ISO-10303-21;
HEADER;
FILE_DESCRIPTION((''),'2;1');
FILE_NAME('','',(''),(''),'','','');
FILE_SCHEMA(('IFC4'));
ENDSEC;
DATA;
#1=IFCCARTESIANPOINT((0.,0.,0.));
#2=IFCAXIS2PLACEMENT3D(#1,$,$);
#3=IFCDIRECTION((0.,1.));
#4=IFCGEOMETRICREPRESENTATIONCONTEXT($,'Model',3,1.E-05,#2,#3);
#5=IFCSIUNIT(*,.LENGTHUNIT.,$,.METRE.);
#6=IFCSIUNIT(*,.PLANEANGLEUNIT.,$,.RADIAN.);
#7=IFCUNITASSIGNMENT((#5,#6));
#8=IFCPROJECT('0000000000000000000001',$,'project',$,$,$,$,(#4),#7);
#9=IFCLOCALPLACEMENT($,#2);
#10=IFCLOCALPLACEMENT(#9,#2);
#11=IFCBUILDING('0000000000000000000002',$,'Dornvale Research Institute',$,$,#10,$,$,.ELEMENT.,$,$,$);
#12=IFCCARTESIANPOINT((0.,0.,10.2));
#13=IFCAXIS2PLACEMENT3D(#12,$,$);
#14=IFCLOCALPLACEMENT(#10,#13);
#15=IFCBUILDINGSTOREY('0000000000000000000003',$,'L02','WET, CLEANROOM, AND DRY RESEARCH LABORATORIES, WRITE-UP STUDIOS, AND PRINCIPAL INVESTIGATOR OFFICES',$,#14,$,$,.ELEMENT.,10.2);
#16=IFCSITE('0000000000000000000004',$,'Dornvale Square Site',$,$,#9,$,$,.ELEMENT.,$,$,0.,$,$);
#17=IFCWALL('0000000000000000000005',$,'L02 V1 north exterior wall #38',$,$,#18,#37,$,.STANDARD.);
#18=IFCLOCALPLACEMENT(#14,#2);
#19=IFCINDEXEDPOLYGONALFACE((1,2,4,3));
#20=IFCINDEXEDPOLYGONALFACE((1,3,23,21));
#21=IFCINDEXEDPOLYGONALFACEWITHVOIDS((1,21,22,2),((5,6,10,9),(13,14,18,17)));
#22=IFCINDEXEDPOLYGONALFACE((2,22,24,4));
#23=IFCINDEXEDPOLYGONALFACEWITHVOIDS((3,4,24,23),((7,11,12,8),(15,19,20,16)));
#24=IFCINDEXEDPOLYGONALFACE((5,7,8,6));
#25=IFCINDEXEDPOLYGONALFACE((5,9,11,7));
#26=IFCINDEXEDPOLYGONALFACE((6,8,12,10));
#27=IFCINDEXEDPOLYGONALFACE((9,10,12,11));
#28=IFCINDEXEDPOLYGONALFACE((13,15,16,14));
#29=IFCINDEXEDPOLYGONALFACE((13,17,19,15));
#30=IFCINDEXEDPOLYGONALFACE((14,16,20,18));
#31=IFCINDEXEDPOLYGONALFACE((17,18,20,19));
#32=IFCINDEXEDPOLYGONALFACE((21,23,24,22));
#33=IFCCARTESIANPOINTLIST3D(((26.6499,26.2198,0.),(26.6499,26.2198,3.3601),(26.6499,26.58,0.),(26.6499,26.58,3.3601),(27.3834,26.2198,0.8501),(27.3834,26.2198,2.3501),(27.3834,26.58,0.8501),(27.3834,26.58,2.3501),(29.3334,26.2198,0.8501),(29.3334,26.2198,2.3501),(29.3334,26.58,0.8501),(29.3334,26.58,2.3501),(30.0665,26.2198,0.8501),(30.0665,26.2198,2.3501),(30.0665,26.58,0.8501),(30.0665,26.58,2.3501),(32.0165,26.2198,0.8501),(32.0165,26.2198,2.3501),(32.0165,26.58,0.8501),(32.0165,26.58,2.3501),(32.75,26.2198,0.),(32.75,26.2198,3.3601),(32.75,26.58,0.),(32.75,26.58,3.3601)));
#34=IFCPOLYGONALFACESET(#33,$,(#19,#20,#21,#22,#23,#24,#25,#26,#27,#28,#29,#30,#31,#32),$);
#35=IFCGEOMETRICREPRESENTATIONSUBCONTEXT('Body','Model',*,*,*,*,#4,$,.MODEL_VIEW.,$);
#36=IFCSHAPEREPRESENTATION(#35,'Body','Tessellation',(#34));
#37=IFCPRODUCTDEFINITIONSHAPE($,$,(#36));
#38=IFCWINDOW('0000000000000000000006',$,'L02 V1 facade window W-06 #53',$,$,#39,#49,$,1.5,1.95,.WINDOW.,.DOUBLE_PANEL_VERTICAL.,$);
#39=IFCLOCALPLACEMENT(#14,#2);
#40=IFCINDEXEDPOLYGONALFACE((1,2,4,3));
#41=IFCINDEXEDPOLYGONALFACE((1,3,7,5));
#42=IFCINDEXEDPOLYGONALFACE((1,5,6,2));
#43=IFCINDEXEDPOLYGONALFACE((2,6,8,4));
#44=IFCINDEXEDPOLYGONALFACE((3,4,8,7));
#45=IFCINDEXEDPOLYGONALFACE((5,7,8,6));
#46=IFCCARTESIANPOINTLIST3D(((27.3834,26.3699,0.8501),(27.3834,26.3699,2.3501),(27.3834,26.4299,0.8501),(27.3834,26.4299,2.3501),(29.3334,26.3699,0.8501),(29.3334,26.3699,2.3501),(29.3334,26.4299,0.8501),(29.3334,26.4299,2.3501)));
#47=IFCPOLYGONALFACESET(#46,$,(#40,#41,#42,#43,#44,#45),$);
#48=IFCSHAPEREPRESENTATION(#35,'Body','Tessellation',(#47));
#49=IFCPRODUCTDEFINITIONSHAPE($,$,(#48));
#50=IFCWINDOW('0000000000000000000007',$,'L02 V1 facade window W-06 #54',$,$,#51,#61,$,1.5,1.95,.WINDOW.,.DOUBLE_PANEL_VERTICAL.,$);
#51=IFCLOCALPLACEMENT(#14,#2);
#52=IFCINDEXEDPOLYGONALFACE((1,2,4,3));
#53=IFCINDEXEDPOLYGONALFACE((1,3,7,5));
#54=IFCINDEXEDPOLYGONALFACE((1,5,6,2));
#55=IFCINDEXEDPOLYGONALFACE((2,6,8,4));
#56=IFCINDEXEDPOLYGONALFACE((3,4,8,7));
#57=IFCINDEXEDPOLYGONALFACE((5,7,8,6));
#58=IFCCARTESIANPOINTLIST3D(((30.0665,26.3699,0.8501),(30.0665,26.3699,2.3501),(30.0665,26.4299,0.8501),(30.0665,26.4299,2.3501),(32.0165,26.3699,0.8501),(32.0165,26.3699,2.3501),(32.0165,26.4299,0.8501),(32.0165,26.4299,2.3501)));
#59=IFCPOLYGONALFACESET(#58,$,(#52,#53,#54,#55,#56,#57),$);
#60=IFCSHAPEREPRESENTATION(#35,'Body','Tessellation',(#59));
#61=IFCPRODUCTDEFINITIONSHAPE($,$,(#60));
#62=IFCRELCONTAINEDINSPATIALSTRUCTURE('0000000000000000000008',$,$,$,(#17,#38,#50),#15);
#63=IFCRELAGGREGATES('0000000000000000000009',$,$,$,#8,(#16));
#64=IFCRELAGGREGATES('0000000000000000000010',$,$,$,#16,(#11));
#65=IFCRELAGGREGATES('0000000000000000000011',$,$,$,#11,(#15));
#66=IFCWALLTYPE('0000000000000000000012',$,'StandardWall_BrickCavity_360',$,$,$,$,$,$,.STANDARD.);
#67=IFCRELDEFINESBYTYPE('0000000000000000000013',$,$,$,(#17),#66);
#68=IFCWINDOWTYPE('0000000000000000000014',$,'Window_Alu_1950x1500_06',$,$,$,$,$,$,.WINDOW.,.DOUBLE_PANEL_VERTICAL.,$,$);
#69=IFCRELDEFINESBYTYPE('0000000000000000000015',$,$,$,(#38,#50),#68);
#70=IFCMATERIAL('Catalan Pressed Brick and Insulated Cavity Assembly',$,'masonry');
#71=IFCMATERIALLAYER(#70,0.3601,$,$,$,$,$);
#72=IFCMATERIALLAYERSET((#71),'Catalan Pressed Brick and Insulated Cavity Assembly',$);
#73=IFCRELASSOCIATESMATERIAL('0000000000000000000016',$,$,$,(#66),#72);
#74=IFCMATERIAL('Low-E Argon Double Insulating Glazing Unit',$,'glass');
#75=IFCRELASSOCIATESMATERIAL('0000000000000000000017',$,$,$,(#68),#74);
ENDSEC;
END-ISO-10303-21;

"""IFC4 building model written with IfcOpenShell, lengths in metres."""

from ifc_helpers import new_model, si_unit, direction, frame, frame_2d, origin, place, context, subcontext, project, spatial, rectangle, extrude, material, layer, layer_set, type_object, element, fill, save


model = new_model("IFC4")

# Units and contexts
model_context = context("Model", 3, precision=1e-05, world=origin(), true_north=direction((0.0, 1.0)))
body_context = subcontext(model_context, "Body", "Model", "MODEL_VIEW")
ifc_project = project(units=[si_unit("LENGTHUNIT", "METRE"), si_unit("PLANEANGLEUNIT", "RADIAN")], contexts=[model_context])

# Site, building, storey
site_placement = place(None, origin())
site = spatial("IfcSite", under=ifc_project, at=site_placement, Name="Dornvale Square Site", CompositionType="ELEMENT", RefElevation=0.0)
building_placement = place(site_placement, origin())
building = spatial("IfcBuilding", under=site, at=building_placement, Name="Dornvale Research Institute", CompositionType="ELEMENT")
storey_placement = place(building_placement, frame((0.0, 0.0, 10.2)))
storey = spatial("IfcBuildingStorey", under=building, at=storey_placement, Name="L02", Description="WET, CLEANROOM, AND DRY RESEARCH LABORATORIES, WRITE-UP STUDIOS, AND PRINCIPAL INVESTIGATOR OFFICES", CompositionType="ELEMENT", Elevation=10.2)

# Wall, openings, windows
ifc_material_1 = material(Name="Catalan Pressed Brick and Insulated Cavity Assembly", Category="masonry")
ifc_layer_1 = layer(ifc_material_1, 0.3601)
ifc_layer_set_1 = layer_set([ifc_layer_1], Name="Catalan Pressed Brick and Insulated Cavity Assembly")
wall_type_1 = type_object("IfcWallType", Name="StandardWall_BrickCavity_360", PredefinedType="STANDARD", material=ifc_layer_set_1)
ifc_material_2 = material(Name="Low-E Argon Double Insulating Glazing Unit", Category="glass")
window_type = type_object("IfcWindowType", Name="Window_Alu_1950x1500_06", PartitioningType="DOUBLE_PANEL_VERTICAL", PredefinedType="WINDOW", material=ifc_material_2)
wall_1_placement = place(storey_placement, frame((26.6499, 26.3999, 0.0), z_axis=(0.0, 0.0, 1.0), x_axis=(1.0, 0.0, 0.0)))
wall_1 = element("IfcWall", 1, at=wall_1_placement, inside=storey, type_object=wall_type_1, Name="L02 V1 north exterior wall #38", PredefinedType="STANDARD", context=body_context, shape_type="SweptSolid", body=[
    extrude(rectangle(XDim=6.1001, YDim=0.3601, at=frame_2d((3.05, 0.0))), origin(), (0.0, 0.0, 1.0), 3.3601),
])
opening_1_placement = place(wall_1_placement, frame((0.7334, 0.0, 0.8501)))
opening_1 = element("IfcOpeningElement", 2, at=opening_1_placement, cuts=wall_1, PredefinedType="OPENING", context=body_context, shape_type="SweptSolid", body=[
    extrude(rectangle(XDim=1.95, YDim=1.5, at=frame_2d((0.9751, 0.75))), frame((0.0, 0.1951, 0.0), z_axis=(0.0, -1.0, 0.0), x_axis=(1.0, 0.0, 0.0)), (0.0, 0.0, 1.0), 0.3901),
])
opening_2_placement = place(wall_1_placement, frame((3.4165, 0.0, 0.8501)))
opening_2 = element("IfcOpeningElement", 3, at=opening_2_placement, cuts=wall_1, PredefinedType="OPENING", context=body_context, shape_type="SweptSolid", body=[
    extrude(rectangle(XDim=1.95, YDim=1.5, at=frame_2d((0.9751, 0.75))), frame((0.0, 0.1951, 0.0), z_axis=(0.0, -1.0, 0.0), x_axis=(1.0, 0.0, 0.0)), (0.0, 0.0, 1.0), 0.3901),
])
window_1_placement = place(opening_1_placement, origin())
window_1 = element("IfcWindow", 4, at=window_1_placement, inside=storey, type_object=window_type, Name="L02 V1 facade window W-06 #53", OverallHeight=1.5, OverallWidth=1.95, PartitioningType="DOUBLE_PANEL_VERTICAL", PredefinedType="WINDOW", context=body_context, shape_type="SweptSolid", body=[
    extrude(rectangle(XDim=1.95, YDim=1.5, at=frame_2d((0.9751, 0.75))), frame((0.0, 0.03, 0.0), z_axis=(0.0, -1.0, 0.0), x_axis=(1.0, 0.0, 0.0)), (0.0, 0.0, 1.0), 0.0601),
])
fill(opening_1, window_1)
window_2_placement = place(opening_2_placement, origin())
window_2 = element("IfcWindow", 5, at=window_2_placement, inside=storey, type_object=window_type, Name="L02 V1 facade window W-06 #54", OverallHeight=1.5, OverallWidth=1.95, PartitioningType="DOUBLE_PANEL_VERTICAL", PredefinedType="WINDOW", context=body_context, shape_type="SweptSolid", body=[
    extrude(rectangle(XDim=1.95, YDim=1.5, at=frame_2d((0.9751, 0.75))), frame((0.0, 0.03, 0.0), z_axis=(0.0, -1.0, 0.0), x_axis=(1.0, 0.0, 0.0)), (0.0, 0.0, 1.0), 0.0601),
])
fill(opening_2, window_2)

save(model, "model.ifc")
